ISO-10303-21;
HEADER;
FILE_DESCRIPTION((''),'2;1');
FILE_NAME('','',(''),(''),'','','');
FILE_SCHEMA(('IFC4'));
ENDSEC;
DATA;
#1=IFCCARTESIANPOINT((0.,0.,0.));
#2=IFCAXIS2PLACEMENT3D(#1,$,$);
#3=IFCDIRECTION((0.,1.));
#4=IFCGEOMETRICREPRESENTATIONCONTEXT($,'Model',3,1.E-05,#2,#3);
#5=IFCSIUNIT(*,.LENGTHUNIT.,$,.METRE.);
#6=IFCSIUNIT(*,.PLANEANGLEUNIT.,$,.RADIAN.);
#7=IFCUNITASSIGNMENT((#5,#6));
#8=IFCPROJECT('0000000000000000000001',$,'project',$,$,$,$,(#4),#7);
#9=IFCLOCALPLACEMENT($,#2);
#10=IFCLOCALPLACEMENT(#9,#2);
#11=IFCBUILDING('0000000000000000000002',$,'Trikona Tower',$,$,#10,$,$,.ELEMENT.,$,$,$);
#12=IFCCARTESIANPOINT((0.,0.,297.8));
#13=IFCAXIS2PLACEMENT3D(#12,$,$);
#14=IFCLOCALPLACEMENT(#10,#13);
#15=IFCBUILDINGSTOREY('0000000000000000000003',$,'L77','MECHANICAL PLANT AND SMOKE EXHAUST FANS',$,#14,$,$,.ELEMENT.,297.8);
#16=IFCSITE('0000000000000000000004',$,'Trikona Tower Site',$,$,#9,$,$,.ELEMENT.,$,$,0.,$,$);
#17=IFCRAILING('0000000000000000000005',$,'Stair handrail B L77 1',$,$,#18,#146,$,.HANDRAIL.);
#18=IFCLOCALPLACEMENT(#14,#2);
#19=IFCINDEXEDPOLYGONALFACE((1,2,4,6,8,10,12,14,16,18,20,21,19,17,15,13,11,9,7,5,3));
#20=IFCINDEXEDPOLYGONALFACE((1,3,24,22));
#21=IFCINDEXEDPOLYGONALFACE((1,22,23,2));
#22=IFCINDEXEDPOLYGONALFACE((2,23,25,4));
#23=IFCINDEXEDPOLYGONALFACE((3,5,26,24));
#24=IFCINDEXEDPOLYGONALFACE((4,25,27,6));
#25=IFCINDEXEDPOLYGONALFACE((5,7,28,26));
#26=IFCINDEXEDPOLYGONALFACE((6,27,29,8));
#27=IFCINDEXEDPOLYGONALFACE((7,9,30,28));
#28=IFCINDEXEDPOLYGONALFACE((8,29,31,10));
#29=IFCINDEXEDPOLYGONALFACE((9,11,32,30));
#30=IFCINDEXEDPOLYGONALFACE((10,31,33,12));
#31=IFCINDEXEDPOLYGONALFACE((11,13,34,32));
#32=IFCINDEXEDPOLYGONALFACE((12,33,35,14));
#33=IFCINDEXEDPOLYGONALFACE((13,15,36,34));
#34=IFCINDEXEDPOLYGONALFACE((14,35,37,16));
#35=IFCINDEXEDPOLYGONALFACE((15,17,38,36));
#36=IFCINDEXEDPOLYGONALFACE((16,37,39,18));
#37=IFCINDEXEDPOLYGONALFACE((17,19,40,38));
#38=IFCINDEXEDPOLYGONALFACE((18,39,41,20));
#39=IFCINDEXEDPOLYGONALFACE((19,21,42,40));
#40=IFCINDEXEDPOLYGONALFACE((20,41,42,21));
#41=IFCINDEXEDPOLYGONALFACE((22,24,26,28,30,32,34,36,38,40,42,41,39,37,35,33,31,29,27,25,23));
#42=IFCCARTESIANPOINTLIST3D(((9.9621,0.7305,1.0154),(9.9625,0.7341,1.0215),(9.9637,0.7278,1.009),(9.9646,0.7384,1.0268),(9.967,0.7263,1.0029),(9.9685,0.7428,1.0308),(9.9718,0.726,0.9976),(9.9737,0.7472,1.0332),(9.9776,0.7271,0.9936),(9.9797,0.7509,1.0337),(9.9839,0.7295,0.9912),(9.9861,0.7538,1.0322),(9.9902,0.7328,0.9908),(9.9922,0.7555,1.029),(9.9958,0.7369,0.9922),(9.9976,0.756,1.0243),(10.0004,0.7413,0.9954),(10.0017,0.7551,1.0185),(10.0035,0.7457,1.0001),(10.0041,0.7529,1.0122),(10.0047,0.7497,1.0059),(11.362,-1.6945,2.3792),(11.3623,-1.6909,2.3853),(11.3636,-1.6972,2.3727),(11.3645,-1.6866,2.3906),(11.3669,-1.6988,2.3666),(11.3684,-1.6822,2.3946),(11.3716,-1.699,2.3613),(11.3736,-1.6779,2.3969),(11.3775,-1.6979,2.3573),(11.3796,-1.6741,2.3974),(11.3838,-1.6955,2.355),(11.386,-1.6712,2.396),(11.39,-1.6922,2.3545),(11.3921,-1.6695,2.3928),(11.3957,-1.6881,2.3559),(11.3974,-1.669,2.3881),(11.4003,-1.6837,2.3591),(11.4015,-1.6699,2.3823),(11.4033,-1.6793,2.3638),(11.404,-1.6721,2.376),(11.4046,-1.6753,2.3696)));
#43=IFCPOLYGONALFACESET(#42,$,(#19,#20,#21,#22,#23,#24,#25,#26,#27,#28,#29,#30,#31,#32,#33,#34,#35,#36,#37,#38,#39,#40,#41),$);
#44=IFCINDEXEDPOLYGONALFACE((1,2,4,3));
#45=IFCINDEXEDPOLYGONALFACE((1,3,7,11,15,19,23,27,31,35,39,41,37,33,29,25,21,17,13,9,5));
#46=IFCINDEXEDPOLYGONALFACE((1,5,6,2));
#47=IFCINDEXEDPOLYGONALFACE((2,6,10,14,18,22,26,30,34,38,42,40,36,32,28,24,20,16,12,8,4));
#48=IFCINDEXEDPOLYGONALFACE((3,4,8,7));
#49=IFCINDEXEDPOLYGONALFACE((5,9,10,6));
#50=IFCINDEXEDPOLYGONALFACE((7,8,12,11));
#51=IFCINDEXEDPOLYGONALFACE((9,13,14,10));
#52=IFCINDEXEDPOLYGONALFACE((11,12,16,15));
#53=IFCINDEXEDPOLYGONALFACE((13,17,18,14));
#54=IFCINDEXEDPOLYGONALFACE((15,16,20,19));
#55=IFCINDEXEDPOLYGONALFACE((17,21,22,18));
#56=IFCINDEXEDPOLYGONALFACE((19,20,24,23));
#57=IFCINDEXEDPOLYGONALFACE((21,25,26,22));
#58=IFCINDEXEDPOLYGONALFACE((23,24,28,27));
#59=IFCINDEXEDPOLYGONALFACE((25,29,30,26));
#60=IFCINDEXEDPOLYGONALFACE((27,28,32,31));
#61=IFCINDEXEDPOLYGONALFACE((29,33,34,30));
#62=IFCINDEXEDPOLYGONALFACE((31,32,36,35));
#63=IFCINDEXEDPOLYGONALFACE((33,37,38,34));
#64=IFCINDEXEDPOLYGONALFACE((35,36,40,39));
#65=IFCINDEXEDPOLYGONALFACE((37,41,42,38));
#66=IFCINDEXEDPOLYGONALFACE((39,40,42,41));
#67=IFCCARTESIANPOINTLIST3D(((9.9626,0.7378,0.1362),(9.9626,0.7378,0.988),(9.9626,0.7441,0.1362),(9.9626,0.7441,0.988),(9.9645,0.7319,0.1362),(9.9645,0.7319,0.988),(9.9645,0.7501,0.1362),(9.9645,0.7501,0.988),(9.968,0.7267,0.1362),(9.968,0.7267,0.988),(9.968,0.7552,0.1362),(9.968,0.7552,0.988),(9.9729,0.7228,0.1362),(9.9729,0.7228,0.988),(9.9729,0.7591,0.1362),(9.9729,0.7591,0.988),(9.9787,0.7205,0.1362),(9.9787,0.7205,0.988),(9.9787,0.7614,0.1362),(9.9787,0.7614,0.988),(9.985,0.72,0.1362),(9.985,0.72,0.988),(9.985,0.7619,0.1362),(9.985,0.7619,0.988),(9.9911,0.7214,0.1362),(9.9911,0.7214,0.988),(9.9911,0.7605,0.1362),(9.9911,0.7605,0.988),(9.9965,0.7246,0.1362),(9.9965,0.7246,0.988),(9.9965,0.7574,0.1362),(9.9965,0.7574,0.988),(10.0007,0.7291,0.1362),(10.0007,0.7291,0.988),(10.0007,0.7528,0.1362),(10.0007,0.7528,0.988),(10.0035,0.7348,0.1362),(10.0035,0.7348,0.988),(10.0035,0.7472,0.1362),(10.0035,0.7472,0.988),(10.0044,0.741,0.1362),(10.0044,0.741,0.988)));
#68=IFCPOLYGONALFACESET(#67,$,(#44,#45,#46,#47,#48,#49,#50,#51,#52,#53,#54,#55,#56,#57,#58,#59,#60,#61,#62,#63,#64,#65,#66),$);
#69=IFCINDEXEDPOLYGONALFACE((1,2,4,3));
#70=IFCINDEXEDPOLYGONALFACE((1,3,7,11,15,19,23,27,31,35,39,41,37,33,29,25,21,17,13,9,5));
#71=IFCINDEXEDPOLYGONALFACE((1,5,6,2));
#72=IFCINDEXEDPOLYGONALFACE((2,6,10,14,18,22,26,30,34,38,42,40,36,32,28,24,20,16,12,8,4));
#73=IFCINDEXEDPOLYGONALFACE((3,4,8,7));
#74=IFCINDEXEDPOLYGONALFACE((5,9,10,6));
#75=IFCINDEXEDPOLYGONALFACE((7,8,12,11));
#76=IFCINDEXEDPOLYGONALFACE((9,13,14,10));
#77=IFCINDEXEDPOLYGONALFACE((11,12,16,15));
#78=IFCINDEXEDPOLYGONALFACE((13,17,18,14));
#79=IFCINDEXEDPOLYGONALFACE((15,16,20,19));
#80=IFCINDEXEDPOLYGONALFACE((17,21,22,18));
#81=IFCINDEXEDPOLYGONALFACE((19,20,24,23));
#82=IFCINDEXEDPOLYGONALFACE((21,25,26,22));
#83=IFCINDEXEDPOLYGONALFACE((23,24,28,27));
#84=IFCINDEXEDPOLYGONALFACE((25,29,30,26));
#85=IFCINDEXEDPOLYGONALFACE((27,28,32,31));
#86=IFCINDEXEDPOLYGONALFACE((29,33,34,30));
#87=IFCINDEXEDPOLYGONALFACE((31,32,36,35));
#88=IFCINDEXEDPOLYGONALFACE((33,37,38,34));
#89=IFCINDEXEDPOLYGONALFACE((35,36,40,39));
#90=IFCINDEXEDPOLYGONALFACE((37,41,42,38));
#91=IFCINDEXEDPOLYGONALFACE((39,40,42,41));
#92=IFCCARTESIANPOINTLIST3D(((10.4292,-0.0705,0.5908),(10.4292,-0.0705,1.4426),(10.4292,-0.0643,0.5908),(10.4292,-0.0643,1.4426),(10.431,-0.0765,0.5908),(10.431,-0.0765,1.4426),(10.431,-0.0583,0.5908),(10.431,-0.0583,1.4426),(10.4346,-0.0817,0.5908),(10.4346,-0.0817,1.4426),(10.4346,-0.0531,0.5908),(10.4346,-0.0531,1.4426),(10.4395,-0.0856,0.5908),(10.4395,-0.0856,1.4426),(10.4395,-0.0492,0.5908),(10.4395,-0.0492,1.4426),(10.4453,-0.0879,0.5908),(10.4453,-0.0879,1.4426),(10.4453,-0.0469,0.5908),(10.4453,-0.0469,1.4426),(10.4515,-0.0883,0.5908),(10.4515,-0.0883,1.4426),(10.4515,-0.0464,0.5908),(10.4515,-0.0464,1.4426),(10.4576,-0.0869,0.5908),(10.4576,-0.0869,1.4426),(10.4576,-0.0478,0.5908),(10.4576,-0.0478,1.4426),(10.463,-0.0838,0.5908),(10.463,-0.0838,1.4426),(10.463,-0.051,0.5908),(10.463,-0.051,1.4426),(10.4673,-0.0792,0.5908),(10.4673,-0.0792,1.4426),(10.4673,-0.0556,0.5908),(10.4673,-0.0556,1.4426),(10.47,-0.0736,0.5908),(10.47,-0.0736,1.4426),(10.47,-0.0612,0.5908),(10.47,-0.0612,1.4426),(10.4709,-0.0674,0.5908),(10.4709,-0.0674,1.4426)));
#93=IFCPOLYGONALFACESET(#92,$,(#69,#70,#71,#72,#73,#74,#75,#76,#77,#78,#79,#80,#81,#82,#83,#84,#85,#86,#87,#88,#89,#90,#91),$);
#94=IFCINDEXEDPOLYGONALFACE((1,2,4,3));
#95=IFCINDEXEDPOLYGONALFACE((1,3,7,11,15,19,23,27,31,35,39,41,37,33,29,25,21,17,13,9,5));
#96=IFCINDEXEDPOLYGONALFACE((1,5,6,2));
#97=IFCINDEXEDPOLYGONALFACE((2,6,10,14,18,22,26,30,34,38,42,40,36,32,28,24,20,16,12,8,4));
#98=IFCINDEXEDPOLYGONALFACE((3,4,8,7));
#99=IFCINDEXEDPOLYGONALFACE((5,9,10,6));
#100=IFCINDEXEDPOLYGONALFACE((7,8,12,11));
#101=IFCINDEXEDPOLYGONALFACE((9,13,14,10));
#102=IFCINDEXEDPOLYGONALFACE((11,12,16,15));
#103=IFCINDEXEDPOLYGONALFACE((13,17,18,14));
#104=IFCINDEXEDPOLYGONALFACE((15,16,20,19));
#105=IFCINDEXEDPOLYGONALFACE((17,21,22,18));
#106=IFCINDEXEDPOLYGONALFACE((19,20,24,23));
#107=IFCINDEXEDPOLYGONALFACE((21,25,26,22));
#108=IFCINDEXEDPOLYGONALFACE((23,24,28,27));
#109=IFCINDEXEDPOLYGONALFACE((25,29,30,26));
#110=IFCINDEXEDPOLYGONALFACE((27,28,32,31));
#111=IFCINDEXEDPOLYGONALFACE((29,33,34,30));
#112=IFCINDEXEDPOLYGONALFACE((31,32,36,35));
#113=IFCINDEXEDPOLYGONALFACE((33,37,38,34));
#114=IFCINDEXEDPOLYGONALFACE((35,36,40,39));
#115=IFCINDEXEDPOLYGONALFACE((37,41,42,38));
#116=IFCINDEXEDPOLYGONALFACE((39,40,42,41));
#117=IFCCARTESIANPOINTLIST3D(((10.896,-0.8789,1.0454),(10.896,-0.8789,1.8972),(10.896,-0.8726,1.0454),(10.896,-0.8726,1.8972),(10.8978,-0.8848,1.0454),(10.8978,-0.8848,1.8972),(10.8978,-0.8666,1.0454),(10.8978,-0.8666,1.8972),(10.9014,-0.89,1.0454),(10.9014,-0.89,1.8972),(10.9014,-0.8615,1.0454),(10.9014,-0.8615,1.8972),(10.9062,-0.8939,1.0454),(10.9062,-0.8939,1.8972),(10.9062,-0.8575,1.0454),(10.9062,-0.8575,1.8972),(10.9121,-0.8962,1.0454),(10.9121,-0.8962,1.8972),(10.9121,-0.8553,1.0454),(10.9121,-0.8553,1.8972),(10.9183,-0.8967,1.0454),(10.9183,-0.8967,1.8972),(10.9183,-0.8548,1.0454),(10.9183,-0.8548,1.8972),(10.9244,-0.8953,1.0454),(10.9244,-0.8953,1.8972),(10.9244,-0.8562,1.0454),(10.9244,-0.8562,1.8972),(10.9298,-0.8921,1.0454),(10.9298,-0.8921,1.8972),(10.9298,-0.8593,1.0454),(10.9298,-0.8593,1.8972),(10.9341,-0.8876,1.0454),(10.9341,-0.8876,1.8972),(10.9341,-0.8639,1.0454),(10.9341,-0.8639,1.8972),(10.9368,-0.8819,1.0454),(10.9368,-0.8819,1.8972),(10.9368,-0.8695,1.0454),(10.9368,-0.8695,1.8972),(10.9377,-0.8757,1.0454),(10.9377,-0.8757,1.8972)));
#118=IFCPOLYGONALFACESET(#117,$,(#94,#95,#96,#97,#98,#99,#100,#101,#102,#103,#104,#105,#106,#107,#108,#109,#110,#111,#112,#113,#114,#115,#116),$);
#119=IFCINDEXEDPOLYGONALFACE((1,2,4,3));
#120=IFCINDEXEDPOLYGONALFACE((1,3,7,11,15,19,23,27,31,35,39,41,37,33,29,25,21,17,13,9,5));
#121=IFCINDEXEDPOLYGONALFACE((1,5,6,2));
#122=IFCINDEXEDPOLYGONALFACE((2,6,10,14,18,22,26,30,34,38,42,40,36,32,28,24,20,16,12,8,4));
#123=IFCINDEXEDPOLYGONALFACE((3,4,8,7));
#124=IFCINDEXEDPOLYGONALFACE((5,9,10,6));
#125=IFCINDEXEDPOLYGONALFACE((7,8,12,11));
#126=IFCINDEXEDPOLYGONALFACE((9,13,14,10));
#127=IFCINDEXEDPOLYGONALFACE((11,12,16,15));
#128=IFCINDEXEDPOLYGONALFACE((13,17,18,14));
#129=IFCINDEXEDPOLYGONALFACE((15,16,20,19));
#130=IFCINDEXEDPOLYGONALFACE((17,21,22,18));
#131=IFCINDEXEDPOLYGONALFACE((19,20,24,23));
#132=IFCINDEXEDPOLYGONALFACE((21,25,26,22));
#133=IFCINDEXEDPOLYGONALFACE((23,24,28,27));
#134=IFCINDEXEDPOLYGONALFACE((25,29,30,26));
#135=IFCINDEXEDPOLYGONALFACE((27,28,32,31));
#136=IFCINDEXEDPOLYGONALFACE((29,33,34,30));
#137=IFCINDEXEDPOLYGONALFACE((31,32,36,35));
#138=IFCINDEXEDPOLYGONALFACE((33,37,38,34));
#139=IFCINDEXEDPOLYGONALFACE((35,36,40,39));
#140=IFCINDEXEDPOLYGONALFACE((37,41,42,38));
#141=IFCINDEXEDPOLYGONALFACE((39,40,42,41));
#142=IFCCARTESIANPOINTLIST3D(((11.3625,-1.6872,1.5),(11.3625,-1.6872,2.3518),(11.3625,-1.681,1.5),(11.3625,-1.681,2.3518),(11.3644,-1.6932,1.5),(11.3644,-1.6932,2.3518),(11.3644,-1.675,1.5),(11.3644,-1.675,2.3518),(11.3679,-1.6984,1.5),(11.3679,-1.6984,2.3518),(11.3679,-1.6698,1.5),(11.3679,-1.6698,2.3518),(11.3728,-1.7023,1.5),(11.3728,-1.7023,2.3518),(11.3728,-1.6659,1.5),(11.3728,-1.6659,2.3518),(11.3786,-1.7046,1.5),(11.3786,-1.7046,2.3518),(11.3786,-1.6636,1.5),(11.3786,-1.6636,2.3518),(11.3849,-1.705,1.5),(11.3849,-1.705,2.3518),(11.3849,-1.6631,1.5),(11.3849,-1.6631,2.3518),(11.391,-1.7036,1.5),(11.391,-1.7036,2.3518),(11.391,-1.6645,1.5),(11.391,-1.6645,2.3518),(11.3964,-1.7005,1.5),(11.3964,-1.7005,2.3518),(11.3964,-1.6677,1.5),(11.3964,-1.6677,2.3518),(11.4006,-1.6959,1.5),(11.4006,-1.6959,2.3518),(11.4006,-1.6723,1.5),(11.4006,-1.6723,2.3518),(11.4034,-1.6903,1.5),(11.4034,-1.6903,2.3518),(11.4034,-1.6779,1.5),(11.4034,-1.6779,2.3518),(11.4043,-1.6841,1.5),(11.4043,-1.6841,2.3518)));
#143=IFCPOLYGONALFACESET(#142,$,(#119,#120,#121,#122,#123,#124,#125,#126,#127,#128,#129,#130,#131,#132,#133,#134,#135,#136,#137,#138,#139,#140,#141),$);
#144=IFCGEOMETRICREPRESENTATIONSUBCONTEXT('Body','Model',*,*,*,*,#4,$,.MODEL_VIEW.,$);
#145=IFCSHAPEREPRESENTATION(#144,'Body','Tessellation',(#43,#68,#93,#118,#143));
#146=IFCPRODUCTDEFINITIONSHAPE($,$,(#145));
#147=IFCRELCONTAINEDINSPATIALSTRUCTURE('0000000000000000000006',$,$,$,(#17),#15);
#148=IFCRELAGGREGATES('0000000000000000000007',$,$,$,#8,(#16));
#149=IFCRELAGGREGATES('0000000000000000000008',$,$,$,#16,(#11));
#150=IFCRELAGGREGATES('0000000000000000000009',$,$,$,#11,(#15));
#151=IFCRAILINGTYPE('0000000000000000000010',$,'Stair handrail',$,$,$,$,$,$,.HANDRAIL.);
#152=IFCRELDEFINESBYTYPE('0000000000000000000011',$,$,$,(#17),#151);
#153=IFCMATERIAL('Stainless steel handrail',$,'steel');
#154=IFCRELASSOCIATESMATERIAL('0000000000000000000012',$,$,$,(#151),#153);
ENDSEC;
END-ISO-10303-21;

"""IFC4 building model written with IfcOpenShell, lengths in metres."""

from ifc_helpers import new_model, si_unit, direction, frame, origin, origin_2d, place, context, subcontext, project, spatial, circle, extrude, material, type_object, element, save


model = new_model("IFC4")

# Units and contexts
model_context = context("Model", 3, precision=1e-05, world=origin(), true_north=direction((0.0, 1.0)))
body_context = subcontext(model_context, "Body", "Model", "MODEL_VIEW")
ifc_project = project(units=[si_unit("LENGTHUNIT", "METRE"), si_unit("PLANEANGLEUNIT", "RADIAN")], contexts=[model_context])

# Site, building, storey
site_placement = place(None, origin())
site = spatial("IfcSite", under=ifc_project, at=site_placement, Name="Trikona Tower Site", CompositionType="ELEMENT", RefElevation=0.0)
building_placement = place(site_placement, origin())
building = spatial("IfcBuilding", under=site, at=building_placement, Name="Trikona Tower", CompositionType="ELEMENT")
storey_placement = place(building_placement, frame((0.0, 0.0, 297.8)))
storey = spatial("IfcBuildingStorey", under=building, at=storey_placement, Name="L77", Description="MECHANICAL PLANT AND SMOKE EXHAUST FANS", CompositionType="ELEMENT", Elevation=297.8)

# Railing
ifc_material_1 = material(Name="Stainless steel handrail", Category="steel")
railing_type_1 = type_object("IfcRailingType", Name="Stair handrail", PredefinedType="HANDRAIL", material=ifc_material_1)
for number, where, name in (
    (1, (9.9834, 0.741, 0.1362), "Stair handrail B L77 1"),
):
    element("IfcRailing", number, at=place(storey_placement, frame(where)), inside=storey, type_object=railing_type_1, Name=name, PredefinedType="HANDRAIL", context=body_context, shape_type="SweptSolid", body=[
        extrude(circle(Radius=0.0239, at=origin_2d()), frame((0.0, 0.0, 0.876), z_axis=(0.449471, -0.778618, 0.43787), x_axis=(0.866056, 0.499946, 0.0)), (0.0, 0.0, 1.0), 3.1145),
        extrude(circle(Radius=0.021, at=origin_2d()), origin(), (0.0, 0.0, 1.0), 0.8518),
        extrude(circle(Radius=0.021, at=origin_2d()), frame((0.4666, -0.8083, 0.4546)), (0.0, 0.0, 1.0), 0.8518),
        extrude(circle(Radius=0.021, at=origin_2d()), frame((0.9333, -1.6167, 0.9092)), (0.0, 0.0, 1.0), 0.8518),
        extrude(circle(Radius=0.021, at=origin_2d()), frame((1.3999, -2.425, 1.3638)), (0.0, 0.0, 1.0), 0.8518),
    ])

save(model, "model.ifc")
